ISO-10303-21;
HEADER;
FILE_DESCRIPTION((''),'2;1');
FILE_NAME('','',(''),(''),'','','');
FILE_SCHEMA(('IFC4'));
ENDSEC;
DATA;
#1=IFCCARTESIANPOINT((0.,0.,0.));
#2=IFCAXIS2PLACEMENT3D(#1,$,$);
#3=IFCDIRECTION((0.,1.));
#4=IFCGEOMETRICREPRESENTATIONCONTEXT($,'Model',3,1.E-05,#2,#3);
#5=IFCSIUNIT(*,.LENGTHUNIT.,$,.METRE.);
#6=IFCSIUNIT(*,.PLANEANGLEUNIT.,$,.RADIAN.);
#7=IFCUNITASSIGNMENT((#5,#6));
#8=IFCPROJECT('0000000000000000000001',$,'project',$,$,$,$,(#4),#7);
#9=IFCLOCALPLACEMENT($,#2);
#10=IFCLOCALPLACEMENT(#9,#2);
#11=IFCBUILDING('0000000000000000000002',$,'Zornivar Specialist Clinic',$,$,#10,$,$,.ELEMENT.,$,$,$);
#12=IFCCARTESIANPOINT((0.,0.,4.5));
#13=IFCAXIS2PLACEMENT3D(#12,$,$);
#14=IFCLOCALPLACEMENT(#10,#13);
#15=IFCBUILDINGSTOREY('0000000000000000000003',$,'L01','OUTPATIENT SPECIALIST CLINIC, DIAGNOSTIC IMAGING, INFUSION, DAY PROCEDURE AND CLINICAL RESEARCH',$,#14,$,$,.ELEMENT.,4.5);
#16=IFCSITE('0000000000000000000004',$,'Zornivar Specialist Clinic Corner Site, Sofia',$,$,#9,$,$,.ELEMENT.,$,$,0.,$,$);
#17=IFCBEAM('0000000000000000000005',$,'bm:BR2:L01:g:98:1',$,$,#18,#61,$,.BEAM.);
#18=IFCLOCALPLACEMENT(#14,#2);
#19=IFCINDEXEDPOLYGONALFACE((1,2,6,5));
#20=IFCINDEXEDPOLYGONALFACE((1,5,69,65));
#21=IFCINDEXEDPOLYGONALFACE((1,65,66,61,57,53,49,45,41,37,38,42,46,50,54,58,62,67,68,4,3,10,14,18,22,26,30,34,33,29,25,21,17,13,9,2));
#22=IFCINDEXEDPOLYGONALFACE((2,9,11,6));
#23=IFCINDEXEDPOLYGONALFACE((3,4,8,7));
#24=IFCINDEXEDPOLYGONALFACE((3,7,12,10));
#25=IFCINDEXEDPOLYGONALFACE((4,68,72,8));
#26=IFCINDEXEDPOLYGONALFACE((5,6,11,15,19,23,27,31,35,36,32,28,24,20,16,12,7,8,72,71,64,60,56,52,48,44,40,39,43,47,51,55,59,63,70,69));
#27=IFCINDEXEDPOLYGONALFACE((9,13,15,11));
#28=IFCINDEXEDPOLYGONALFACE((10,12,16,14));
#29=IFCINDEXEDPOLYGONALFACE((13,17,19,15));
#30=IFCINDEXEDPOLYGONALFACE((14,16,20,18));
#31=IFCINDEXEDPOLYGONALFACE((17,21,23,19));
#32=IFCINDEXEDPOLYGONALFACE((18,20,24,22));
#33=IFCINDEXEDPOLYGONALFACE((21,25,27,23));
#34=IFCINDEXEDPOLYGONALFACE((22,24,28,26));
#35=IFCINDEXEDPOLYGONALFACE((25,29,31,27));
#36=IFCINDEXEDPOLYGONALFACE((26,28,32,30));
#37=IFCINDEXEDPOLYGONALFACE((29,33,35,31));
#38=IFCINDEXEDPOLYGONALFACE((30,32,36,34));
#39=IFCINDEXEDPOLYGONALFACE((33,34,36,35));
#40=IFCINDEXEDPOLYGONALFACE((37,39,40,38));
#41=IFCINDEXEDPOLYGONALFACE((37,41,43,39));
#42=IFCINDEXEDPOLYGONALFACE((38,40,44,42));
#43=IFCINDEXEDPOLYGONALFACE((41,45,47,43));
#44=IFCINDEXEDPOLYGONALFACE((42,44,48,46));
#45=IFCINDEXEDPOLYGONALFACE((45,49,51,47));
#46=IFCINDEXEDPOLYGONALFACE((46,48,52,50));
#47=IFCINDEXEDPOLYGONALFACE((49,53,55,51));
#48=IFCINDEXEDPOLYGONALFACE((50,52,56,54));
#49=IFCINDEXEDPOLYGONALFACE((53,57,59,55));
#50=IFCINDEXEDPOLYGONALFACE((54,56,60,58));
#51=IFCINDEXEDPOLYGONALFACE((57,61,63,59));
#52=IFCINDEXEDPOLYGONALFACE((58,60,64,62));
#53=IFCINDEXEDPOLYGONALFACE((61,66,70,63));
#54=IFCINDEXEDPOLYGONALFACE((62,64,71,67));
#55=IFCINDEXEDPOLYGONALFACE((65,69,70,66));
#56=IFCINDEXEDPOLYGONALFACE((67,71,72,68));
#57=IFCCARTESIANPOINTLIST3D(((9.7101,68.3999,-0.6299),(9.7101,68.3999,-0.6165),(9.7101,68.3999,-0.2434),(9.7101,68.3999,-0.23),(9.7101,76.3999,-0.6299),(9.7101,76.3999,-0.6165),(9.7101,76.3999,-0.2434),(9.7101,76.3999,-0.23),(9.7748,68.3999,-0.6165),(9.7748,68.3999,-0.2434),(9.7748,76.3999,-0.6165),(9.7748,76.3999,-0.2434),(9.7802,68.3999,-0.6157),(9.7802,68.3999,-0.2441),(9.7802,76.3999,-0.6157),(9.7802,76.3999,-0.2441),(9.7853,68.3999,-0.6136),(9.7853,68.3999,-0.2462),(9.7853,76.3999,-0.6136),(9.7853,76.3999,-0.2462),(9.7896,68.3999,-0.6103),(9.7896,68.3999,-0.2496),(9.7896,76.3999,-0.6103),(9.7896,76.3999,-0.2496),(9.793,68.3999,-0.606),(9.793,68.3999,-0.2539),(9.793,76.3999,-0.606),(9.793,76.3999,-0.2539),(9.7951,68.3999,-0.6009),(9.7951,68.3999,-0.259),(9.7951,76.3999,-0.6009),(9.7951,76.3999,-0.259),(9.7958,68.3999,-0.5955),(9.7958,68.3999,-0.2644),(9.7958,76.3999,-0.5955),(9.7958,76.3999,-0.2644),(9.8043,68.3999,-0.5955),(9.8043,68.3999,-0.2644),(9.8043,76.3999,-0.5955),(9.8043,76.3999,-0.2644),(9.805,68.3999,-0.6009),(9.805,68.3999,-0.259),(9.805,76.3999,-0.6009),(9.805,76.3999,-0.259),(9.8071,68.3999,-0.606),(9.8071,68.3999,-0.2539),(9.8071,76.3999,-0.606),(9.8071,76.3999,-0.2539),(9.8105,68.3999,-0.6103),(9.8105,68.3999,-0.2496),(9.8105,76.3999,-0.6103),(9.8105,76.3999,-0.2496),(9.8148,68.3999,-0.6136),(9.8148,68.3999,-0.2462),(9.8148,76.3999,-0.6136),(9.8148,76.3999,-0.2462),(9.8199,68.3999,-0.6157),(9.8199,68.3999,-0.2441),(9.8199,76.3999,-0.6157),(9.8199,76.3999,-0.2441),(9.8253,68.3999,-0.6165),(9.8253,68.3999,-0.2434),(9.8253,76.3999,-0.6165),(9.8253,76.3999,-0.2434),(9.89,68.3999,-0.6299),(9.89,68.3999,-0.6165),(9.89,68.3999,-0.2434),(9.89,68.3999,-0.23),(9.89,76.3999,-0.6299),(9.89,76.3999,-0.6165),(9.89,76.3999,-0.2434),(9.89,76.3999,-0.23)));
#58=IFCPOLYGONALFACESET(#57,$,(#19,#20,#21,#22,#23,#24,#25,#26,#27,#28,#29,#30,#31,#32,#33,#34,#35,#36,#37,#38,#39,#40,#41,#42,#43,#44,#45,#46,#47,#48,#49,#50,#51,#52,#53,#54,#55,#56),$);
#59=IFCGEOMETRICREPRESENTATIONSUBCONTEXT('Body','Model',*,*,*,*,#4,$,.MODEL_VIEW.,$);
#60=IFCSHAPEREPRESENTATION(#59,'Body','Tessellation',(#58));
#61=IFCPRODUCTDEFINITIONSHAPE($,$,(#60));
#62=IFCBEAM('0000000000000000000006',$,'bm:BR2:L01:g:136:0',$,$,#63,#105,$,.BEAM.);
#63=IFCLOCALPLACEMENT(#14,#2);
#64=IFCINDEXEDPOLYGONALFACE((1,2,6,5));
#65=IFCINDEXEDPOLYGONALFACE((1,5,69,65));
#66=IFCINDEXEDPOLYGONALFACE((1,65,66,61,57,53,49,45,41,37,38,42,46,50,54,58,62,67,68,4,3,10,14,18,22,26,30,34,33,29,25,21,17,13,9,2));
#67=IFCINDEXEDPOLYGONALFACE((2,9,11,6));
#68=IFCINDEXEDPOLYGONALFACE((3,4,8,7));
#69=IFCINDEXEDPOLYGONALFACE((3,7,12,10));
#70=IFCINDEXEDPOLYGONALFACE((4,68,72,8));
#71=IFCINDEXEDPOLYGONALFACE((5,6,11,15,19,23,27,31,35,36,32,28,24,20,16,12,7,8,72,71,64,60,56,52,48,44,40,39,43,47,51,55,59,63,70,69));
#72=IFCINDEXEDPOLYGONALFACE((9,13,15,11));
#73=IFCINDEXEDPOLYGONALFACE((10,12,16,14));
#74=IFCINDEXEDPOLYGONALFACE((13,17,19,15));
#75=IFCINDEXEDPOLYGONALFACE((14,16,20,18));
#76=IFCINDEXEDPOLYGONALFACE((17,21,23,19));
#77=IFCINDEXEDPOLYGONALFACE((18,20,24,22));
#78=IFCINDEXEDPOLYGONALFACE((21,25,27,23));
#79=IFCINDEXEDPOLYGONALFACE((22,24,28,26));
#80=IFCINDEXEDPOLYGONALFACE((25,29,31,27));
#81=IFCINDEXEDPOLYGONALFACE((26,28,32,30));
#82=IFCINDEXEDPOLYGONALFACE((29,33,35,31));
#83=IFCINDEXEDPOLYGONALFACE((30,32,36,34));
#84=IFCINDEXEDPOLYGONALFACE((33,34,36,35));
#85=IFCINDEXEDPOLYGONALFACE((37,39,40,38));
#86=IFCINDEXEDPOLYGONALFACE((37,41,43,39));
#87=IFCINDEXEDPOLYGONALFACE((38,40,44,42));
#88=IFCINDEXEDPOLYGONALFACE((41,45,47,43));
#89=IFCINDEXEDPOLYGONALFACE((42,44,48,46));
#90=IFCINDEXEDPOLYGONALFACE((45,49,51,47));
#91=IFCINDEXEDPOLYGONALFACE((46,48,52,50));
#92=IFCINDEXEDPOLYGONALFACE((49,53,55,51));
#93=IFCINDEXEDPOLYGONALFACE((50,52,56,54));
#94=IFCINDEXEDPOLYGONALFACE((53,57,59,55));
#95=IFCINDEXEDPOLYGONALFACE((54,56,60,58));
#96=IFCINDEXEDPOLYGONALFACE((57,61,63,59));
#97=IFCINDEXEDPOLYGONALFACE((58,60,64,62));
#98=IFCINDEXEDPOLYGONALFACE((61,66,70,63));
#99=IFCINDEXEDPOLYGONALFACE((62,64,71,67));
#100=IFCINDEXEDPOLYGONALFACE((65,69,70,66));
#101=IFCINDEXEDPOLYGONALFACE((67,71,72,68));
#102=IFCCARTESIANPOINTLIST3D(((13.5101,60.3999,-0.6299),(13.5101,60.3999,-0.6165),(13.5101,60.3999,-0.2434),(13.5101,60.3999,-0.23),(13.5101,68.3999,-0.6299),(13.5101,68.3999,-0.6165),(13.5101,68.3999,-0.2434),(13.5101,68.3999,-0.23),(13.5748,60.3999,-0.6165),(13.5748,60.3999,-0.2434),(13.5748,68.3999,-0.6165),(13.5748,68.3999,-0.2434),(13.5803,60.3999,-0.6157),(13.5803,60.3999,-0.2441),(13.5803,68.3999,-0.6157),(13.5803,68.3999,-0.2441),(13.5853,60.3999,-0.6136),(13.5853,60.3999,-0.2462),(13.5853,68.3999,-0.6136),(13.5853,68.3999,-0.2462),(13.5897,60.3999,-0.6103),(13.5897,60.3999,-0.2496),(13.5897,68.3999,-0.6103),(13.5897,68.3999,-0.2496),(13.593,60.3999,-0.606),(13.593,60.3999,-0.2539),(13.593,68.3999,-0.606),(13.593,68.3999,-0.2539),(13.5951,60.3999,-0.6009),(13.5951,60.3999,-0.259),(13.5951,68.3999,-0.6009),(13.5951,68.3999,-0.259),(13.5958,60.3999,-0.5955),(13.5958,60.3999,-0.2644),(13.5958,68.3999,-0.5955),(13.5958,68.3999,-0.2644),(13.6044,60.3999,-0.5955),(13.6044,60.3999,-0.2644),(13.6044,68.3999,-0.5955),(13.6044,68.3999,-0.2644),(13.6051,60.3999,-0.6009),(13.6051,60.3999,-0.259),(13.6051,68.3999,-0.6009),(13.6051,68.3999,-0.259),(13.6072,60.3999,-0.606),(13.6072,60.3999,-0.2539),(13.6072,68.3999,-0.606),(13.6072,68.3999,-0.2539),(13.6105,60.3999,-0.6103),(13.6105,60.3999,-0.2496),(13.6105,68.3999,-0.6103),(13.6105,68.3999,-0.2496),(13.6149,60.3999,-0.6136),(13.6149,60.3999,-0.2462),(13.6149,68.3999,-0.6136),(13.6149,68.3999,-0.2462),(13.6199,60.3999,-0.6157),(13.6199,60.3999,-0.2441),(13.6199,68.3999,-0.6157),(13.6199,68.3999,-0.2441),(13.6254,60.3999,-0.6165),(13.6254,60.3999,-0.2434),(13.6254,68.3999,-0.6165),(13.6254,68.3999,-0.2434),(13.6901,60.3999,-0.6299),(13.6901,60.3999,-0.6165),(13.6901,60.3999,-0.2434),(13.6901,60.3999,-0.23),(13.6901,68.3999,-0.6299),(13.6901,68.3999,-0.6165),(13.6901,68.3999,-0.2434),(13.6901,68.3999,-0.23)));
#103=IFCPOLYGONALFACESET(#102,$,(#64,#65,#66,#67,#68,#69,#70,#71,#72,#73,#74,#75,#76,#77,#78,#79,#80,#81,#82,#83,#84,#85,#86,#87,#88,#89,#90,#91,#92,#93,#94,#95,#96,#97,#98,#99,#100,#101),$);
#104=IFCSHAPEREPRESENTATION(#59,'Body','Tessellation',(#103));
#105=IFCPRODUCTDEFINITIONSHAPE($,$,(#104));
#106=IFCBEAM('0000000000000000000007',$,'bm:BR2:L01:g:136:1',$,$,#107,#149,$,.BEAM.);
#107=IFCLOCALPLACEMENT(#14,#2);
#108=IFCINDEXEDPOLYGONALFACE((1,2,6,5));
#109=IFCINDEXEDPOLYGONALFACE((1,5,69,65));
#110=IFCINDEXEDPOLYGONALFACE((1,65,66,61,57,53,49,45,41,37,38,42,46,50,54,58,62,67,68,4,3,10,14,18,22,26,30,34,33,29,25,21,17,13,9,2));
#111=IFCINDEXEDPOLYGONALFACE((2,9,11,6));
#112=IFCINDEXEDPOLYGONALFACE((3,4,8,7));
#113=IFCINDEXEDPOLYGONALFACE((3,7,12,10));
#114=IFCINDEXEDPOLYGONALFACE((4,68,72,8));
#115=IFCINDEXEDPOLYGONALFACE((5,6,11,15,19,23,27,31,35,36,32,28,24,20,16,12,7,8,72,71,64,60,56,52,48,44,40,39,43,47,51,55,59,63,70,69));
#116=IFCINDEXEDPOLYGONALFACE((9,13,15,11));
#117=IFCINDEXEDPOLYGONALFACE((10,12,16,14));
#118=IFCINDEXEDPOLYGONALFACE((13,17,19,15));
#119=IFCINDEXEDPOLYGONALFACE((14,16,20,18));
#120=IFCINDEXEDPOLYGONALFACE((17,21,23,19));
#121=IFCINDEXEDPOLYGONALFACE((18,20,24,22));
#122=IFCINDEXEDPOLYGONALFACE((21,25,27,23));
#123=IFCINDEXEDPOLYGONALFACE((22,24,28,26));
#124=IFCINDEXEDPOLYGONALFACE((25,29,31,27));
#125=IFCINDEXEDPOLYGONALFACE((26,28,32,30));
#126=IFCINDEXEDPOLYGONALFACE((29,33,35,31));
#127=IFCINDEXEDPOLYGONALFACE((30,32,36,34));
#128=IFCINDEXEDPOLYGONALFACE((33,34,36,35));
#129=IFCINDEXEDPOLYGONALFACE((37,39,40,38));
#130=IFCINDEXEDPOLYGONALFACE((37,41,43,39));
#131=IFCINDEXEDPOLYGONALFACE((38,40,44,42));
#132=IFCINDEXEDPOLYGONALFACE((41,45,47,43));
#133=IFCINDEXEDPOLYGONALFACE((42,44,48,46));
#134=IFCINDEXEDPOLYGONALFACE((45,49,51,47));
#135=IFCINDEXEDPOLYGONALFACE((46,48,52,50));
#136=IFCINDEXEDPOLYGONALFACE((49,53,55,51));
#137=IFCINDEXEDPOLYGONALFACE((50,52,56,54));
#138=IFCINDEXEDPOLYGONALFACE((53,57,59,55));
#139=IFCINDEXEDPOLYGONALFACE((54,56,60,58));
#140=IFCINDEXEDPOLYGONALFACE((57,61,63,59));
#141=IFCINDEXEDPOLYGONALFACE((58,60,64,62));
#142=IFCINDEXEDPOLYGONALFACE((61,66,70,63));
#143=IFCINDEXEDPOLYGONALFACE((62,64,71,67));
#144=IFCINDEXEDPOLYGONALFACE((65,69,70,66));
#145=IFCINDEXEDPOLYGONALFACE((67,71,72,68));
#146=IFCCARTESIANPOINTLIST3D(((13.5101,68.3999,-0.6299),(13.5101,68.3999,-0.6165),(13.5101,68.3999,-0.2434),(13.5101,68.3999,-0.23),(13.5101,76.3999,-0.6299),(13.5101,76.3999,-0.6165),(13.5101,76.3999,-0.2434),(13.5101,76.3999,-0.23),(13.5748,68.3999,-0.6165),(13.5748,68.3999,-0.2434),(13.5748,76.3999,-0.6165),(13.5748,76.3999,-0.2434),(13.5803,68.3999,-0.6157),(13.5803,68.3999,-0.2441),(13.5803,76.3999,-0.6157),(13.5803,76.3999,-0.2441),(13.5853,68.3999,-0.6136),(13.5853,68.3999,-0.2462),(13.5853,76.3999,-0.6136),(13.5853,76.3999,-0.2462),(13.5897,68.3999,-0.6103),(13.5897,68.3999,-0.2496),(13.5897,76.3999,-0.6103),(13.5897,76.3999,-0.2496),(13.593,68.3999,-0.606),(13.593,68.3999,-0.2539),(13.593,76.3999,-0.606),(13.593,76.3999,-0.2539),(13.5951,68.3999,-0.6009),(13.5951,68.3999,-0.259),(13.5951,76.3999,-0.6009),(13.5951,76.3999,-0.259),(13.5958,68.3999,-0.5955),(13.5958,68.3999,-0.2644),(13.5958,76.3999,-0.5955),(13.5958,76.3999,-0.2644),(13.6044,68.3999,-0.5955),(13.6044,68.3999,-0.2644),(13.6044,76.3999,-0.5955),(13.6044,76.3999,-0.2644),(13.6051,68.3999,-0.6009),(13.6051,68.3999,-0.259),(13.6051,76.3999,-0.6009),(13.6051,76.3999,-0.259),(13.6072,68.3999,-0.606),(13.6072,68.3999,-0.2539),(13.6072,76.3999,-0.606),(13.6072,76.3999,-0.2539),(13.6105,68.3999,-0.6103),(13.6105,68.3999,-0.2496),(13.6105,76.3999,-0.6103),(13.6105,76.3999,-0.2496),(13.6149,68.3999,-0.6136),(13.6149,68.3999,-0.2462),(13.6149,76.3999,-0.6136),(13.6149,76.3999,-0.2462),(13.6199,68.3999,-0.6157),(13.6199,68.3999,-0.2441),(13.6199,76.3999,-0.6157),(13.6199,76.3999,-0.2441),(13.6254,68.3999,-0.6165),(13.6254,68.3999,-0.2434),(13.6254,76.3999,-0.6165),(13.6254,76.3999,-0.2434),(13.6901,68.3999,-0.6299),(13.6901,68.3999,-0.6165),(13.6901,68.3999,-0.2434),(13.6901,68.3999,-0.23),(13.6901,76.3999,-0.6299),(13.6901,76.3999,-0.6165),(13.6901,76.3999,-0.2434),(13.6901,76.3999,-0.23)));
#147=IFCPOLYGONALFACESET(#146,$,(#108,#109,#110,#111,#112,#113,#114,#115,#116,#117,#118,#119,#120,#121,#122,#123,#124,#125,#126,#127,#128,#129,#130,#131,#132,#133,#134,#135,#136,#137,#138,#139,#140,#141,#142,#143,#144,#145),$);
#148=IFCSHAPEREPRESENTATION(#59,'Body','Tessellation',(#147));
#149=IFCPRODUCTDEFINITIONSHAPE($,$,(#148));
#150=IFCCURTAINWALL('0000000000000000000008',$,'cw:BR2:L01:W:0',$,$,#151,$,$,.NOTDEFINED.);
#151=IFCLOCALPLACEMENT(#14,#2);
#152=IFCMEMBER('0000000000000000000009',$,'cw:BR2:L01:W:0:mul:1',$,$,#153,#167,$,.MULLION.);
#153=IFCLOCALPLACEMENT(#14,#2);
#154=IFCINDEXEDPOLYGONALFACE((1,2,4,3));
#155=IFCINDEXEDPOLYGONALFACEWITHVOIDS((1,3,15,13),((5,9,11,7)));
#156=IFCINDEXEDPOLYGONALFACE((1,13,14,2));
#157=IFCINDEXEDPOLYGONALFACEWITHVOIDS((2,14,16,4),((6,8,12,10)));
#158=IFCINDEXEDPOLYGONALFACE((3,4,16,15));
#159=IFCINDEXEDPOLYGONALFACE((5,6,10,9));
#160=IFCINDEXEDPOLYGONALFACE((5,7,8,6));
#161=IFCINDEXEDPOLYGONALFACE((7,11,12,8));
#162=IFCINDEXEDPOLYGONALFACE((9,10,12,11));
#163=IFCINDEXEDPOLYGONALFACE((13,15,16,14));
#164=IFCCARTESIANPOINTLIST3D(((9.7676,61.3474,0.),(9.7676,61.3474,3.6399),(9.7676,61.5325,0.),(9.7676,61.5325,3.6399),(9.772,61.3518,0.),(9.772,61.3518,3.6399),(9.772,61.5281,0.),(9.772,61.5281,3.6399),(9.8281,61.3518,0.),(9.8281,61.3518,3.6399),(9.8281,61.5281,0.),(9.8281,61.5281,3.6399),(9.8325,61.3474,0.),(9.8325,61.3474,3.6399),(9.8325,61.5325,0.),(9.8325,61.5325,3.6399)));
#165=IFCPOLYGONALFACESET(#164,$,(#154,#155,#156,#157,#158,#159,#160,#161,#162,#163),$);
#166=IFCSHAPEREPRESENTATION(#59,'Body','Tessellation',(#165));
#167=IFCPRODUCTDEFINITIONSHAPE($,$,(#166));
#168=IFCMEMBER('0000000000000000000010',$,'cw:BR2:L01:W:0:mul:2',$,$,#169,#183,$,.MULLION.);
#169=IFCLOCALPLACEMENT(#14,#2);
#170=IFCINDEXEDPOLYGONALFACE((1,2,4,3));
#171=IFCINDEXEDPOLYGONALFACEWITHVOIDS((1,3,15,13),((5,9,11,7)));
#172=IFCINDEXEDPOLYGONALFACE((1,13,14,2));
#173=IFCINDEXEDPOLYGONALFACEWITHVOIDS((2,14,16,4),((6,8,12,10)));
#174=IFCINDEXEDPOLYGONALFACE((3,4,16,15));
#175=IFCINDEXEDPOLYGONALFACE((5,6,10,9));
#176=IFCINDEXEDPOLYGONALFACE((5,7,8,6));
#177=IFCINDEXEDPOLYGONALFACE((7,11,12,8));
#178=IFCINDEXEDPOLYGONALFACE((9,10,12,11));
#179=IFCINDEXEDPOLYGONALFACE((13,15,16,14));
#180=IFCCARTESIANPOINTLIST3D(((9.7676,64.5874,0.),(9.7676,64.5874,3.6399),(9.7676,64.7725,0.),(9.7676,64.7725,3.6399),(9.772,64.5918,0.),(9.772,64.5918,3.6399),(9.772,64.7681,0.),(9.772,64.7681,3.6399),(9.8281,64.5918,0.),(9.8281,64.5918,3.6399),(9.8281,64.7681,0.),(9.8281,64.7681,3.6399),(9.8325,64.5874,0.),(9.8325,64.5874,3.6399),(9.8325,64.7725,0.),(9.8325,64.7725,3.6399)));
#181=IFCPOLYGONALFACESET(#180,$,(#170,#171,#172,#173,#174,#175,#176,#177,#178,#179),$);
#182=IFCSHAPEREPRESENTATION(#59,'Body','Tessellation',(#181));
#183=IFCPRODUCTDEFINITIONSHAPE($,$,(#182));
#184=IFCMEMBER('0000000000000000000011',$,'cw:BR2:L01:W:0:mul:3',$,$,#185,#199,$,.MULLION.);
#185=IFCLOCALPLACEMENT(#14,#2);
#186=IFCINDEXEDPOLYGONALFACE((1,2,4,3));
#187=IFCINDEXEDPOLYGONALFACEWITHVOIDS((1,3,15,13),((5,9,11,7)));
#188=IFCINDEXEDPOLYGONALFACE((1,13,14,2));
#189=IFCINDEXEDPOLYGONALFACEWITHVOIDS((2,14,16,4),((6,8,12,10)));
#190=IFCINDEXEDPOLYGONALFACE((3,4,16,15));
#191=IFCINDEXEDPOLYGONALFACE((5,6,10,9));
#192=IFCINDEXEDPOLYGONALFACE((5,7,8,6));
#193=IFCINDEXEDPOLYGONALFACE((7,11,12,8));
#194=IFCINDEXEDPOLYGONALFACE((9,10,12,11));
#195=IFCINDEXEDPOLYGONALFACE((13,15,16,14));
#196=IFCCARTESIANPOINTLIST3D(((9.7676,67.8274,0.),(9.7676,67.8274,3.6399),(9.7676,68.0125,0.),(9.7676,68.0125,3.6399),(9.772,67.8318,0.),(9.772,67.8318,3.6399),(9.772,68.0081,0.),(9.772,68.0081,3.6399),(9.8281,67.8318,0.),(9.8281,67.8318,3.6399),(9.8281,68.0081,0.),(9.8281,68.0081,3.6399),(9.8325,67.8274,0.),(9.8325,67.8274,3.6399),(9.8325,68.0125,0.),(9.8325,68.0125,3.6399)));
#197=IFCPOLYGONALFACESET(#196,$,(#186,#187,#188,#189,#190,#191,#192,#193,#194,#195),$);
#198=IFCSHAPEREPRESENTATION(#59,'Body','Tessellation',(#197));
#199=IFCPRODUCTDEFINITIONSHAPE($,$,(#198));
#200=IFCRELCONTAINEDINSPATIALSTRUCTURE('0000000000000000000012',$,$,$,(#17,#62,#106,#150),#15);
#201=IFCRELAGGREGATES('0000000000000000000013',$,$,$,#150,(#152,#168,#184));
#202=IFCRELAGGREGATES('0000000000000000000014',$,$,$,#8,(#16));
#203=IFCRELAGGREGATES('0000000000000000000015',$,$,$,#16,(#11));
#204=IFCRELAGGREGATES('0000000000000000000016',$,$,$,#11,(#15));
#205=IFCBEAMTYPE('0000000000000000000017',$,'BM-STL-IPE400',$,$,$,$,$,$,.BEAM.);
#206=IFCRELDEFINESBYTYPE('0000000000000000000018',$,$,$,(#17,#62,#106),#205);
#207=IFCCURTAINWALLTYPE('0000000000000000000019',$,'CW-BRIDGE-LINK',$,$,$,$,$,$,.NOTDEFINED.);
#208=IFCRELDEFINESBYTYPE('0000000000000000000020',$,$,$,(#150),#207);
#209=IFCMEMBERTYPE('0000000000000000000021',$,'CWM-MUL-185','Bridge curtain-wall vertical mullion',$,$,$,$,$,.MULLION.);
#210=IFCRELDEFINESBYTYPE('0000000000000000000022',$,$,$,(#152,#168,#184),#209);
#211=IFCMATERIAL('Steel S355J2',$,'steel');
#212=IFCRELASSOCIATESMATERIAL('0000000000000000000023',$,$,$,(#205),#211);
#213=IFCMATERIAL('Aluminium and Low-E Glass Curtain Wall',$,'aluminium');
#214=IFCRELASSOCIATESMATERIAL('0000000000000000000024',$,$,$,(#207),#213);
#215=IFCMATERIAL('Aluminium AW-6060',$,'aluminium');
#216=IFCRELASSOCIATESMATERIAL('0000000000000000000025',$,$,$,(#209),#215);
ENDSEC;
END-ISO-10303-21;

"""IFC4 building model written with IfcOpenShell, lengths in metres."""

from ifc_helpers import new_model, si_unit, direction, frame, origin, origin_2d, place, context, subcontext, project, spatial, hollow_rectangle, i_section, extrude, material, material_profile, profile_set, type_object, element, aggregate, save


model = new_model("IFC4")

# Units and contexts
model_context = context("Model", 3, precision=1e-05, world=origin(), true_north=direction((0.0, 1.0)))
body_context = subcontext(model_context, "Body", "Model", "MODEL_VIEW")
ifc_project = project(units=[si_unit("LENGTHUNIT", "METRE"), si_unit("PLANEANGLEUNIT", "RADIAN")], contexts=[model_context])

# Site, building, storey
site_placement = place(None, origin())
site = spatial("IfcSite", under=ifc_project, at=site_placement, Name="Zornivar Specialist Clinic Corner Site, Sofia", CompositionType="ELEMENT", RefElevation=0.0)
building_placement = place(site_placement, origin())
building = spatial("IfcBuilding", under=site, at=building_placement, Name="Zornivar Specialist Clinic", CompositionType="ELEMENT")
storey_placement = place(building_placement, frame((0.0, 0.0, 4.5)))
storey = spatial("IfcBuildingStorey", under=building, at=storey_placement, Name="L01", Description="OUTPATIENT SPECIALIST CLINIC, DIAGNOSTIC IMAGING, INFUSION, DAY PROCEDURE AND CLINICAL RESEARCH", CompositionType="ELEMENT", Elevation=4.5)

# Beams
ifc_material_1 = material(Name="Steel S355J2", Category="steel")
ifc_material_profile_1 = material_profile(ifc_material_1, i_section(OverallWidth=0.1799, OverallDepth=0.3999, WebThickness=0.0085, FlangeThickness=0.0134, FilletRadius=0.021, at=origin_2d()), Name="IPE 400")
ifc_profile_set_1 = profile_set([ifc_material_profile_1], Name="Steel S355J2")
beam_type_1 = type_object("IfcBeamType", Name="BM-STL-IPE400", PredefinedType="BEAM", material=ifc_profile_set_1)
for number, where, z_axis, x_axis, name in (
    (1, (9.8, 68.3999, -0.4299), (0.0, 1.0, 0.0), (-1.0, 0.0, 0.0), "bm:BR2:L01:g:98:1"),
    (2, (13.6001, 60.3999, -0.4299), (0.0, 1.0, 0.0), (-1.0, 0.0, 0.0), "bm:BR2:L01:g:136:0"),
    (3, (13.6001, 68.3999, -0.4299), (0.0, 1.0, 0.0), (-1.0, 0.0, 0.0), "bm:BR2:L01:g:136:1"),
):
    element("IfcBeam", number, at=place(storey_placement, frame(where, z_axis=z_axis, x_axis=x_axis)), inside=storey, type_object=beam_type_1, Name=name, PredefinedType="BEAM", context=body_context, shape_type="SweptSolid", body=[
        extrude(i_section(OverallWidth=0.1799, OverallDepth=0.3999, WebThickness=0.0085, FlangeThickness=0.0134, FilletRadius=0.021, at=origin_2d()), origin(), (0.0, 0.0, 1.0), 8.0),
    ])

# Curtain wall, members
ifc_material_2 = material(Name="Aluminium and Low-E Glass Curtain Wall", Category="aluminium")
curtain_wall_type = type_object("IfcCurtainWallType", Name="CW-BRIDGE-LINK", PredefinedType="NOTDEFINED", material=ifc_material_2)
curtain_wall_1_placement = place(storey_placement, origin())
curtain_wall_1 = element("IfcCurtainWall", 4, at=curtain_wall_1_placement, inside=storey, type_object=curtain_wall_type, Name="cw:BR2:L01:W:0", PredefinedType="NOTDEFINED")
ifc_material_3 = material(Name="Aluminium AW-6060", Category="aluminium")
ifc_material_profile_2 = material_profile(ifc_material_3, hollow_rectangle(XDim=0.0649, YDim=0.1851, WallThickness=0.0044, at=origin_2d()), Name="ALU 65x185x4.5")
ifc_profile_set_2 = profile_set([ifc_material_profile_2], Name="Aluminium AW-6060")
member_type = type_object("IfcMemberType", Name="CWM-MUL-185", Description="Bridge curtain-wall vertical mullion", PredefinedType="MULLION", material=ifc_profile_set_2)
member_1_placement = place(storey_placement, frame((9.8, 61.4399, 0.0), z_axis=(0.0, 0.0, 1.0), x_axis=(1.0, 0.0, 0.0)))
member_1 = element("IfcMember", 5, at=member_1_placement, type_object=member_type, Name="cw:BR2:L01:W:0:mul:1", PredefinedType="MULLION", context=body_context, shape_type="SweptSolid", body=[
    extrude(hollow_rectangle(XDim=0.0649, YDim=0.1851, WallThickness=0.0044, at=origin_2d()), origin(), (0.0, 0.0, 1.0), 3.6399),
])
member_2_placement = place(storey_placement, frame((9.8, 64.6799, 0.0), z_axis=(0.0, 0.0, 1.0), x_axis=(1.0, 0.0, 0.0)))
member_2 = element("IfcMember", 6, at=member_2_placement, type_object=member_type, Name="cw:BR2:L01:W:0:mul:2", PredefinedType="MULLION", context=body_context, shape_type="SweptSolid", body=[
    extrude(hollow_rectangle(XDim=0.0649, YDim=0.1851, WallThickness=0.0044, at=origin_2d()), origin(), (0.0, 0.0, 1.0), 3.6399),
])
member_3_placement = place(storey_placement, frame((9.8, 67.9199, 0.0), z_axis=(0.0, 0.0, 1.0), x_axis=(1.0, 0.0, 0.0)))
member_3 = element("IfcMember", 7, at=member_3_placement, type_object=member_type, Name="cw:BR2:L01:W:0:mul:3", PredefinedType="MULLION", context=body_context, shape_type="SweptSolid", body=[
    extrude(hollow_rectangle(XDim=0.0649, YDim=0.1851, WallThickness=0.0044, at=origin_2d()), origin(), (0.0, 0.0, 1.0), 3.6399),
])

aggregate(curtain_wall_1, [member_1, member_2, member_3])

save(model, "model.ifc")
